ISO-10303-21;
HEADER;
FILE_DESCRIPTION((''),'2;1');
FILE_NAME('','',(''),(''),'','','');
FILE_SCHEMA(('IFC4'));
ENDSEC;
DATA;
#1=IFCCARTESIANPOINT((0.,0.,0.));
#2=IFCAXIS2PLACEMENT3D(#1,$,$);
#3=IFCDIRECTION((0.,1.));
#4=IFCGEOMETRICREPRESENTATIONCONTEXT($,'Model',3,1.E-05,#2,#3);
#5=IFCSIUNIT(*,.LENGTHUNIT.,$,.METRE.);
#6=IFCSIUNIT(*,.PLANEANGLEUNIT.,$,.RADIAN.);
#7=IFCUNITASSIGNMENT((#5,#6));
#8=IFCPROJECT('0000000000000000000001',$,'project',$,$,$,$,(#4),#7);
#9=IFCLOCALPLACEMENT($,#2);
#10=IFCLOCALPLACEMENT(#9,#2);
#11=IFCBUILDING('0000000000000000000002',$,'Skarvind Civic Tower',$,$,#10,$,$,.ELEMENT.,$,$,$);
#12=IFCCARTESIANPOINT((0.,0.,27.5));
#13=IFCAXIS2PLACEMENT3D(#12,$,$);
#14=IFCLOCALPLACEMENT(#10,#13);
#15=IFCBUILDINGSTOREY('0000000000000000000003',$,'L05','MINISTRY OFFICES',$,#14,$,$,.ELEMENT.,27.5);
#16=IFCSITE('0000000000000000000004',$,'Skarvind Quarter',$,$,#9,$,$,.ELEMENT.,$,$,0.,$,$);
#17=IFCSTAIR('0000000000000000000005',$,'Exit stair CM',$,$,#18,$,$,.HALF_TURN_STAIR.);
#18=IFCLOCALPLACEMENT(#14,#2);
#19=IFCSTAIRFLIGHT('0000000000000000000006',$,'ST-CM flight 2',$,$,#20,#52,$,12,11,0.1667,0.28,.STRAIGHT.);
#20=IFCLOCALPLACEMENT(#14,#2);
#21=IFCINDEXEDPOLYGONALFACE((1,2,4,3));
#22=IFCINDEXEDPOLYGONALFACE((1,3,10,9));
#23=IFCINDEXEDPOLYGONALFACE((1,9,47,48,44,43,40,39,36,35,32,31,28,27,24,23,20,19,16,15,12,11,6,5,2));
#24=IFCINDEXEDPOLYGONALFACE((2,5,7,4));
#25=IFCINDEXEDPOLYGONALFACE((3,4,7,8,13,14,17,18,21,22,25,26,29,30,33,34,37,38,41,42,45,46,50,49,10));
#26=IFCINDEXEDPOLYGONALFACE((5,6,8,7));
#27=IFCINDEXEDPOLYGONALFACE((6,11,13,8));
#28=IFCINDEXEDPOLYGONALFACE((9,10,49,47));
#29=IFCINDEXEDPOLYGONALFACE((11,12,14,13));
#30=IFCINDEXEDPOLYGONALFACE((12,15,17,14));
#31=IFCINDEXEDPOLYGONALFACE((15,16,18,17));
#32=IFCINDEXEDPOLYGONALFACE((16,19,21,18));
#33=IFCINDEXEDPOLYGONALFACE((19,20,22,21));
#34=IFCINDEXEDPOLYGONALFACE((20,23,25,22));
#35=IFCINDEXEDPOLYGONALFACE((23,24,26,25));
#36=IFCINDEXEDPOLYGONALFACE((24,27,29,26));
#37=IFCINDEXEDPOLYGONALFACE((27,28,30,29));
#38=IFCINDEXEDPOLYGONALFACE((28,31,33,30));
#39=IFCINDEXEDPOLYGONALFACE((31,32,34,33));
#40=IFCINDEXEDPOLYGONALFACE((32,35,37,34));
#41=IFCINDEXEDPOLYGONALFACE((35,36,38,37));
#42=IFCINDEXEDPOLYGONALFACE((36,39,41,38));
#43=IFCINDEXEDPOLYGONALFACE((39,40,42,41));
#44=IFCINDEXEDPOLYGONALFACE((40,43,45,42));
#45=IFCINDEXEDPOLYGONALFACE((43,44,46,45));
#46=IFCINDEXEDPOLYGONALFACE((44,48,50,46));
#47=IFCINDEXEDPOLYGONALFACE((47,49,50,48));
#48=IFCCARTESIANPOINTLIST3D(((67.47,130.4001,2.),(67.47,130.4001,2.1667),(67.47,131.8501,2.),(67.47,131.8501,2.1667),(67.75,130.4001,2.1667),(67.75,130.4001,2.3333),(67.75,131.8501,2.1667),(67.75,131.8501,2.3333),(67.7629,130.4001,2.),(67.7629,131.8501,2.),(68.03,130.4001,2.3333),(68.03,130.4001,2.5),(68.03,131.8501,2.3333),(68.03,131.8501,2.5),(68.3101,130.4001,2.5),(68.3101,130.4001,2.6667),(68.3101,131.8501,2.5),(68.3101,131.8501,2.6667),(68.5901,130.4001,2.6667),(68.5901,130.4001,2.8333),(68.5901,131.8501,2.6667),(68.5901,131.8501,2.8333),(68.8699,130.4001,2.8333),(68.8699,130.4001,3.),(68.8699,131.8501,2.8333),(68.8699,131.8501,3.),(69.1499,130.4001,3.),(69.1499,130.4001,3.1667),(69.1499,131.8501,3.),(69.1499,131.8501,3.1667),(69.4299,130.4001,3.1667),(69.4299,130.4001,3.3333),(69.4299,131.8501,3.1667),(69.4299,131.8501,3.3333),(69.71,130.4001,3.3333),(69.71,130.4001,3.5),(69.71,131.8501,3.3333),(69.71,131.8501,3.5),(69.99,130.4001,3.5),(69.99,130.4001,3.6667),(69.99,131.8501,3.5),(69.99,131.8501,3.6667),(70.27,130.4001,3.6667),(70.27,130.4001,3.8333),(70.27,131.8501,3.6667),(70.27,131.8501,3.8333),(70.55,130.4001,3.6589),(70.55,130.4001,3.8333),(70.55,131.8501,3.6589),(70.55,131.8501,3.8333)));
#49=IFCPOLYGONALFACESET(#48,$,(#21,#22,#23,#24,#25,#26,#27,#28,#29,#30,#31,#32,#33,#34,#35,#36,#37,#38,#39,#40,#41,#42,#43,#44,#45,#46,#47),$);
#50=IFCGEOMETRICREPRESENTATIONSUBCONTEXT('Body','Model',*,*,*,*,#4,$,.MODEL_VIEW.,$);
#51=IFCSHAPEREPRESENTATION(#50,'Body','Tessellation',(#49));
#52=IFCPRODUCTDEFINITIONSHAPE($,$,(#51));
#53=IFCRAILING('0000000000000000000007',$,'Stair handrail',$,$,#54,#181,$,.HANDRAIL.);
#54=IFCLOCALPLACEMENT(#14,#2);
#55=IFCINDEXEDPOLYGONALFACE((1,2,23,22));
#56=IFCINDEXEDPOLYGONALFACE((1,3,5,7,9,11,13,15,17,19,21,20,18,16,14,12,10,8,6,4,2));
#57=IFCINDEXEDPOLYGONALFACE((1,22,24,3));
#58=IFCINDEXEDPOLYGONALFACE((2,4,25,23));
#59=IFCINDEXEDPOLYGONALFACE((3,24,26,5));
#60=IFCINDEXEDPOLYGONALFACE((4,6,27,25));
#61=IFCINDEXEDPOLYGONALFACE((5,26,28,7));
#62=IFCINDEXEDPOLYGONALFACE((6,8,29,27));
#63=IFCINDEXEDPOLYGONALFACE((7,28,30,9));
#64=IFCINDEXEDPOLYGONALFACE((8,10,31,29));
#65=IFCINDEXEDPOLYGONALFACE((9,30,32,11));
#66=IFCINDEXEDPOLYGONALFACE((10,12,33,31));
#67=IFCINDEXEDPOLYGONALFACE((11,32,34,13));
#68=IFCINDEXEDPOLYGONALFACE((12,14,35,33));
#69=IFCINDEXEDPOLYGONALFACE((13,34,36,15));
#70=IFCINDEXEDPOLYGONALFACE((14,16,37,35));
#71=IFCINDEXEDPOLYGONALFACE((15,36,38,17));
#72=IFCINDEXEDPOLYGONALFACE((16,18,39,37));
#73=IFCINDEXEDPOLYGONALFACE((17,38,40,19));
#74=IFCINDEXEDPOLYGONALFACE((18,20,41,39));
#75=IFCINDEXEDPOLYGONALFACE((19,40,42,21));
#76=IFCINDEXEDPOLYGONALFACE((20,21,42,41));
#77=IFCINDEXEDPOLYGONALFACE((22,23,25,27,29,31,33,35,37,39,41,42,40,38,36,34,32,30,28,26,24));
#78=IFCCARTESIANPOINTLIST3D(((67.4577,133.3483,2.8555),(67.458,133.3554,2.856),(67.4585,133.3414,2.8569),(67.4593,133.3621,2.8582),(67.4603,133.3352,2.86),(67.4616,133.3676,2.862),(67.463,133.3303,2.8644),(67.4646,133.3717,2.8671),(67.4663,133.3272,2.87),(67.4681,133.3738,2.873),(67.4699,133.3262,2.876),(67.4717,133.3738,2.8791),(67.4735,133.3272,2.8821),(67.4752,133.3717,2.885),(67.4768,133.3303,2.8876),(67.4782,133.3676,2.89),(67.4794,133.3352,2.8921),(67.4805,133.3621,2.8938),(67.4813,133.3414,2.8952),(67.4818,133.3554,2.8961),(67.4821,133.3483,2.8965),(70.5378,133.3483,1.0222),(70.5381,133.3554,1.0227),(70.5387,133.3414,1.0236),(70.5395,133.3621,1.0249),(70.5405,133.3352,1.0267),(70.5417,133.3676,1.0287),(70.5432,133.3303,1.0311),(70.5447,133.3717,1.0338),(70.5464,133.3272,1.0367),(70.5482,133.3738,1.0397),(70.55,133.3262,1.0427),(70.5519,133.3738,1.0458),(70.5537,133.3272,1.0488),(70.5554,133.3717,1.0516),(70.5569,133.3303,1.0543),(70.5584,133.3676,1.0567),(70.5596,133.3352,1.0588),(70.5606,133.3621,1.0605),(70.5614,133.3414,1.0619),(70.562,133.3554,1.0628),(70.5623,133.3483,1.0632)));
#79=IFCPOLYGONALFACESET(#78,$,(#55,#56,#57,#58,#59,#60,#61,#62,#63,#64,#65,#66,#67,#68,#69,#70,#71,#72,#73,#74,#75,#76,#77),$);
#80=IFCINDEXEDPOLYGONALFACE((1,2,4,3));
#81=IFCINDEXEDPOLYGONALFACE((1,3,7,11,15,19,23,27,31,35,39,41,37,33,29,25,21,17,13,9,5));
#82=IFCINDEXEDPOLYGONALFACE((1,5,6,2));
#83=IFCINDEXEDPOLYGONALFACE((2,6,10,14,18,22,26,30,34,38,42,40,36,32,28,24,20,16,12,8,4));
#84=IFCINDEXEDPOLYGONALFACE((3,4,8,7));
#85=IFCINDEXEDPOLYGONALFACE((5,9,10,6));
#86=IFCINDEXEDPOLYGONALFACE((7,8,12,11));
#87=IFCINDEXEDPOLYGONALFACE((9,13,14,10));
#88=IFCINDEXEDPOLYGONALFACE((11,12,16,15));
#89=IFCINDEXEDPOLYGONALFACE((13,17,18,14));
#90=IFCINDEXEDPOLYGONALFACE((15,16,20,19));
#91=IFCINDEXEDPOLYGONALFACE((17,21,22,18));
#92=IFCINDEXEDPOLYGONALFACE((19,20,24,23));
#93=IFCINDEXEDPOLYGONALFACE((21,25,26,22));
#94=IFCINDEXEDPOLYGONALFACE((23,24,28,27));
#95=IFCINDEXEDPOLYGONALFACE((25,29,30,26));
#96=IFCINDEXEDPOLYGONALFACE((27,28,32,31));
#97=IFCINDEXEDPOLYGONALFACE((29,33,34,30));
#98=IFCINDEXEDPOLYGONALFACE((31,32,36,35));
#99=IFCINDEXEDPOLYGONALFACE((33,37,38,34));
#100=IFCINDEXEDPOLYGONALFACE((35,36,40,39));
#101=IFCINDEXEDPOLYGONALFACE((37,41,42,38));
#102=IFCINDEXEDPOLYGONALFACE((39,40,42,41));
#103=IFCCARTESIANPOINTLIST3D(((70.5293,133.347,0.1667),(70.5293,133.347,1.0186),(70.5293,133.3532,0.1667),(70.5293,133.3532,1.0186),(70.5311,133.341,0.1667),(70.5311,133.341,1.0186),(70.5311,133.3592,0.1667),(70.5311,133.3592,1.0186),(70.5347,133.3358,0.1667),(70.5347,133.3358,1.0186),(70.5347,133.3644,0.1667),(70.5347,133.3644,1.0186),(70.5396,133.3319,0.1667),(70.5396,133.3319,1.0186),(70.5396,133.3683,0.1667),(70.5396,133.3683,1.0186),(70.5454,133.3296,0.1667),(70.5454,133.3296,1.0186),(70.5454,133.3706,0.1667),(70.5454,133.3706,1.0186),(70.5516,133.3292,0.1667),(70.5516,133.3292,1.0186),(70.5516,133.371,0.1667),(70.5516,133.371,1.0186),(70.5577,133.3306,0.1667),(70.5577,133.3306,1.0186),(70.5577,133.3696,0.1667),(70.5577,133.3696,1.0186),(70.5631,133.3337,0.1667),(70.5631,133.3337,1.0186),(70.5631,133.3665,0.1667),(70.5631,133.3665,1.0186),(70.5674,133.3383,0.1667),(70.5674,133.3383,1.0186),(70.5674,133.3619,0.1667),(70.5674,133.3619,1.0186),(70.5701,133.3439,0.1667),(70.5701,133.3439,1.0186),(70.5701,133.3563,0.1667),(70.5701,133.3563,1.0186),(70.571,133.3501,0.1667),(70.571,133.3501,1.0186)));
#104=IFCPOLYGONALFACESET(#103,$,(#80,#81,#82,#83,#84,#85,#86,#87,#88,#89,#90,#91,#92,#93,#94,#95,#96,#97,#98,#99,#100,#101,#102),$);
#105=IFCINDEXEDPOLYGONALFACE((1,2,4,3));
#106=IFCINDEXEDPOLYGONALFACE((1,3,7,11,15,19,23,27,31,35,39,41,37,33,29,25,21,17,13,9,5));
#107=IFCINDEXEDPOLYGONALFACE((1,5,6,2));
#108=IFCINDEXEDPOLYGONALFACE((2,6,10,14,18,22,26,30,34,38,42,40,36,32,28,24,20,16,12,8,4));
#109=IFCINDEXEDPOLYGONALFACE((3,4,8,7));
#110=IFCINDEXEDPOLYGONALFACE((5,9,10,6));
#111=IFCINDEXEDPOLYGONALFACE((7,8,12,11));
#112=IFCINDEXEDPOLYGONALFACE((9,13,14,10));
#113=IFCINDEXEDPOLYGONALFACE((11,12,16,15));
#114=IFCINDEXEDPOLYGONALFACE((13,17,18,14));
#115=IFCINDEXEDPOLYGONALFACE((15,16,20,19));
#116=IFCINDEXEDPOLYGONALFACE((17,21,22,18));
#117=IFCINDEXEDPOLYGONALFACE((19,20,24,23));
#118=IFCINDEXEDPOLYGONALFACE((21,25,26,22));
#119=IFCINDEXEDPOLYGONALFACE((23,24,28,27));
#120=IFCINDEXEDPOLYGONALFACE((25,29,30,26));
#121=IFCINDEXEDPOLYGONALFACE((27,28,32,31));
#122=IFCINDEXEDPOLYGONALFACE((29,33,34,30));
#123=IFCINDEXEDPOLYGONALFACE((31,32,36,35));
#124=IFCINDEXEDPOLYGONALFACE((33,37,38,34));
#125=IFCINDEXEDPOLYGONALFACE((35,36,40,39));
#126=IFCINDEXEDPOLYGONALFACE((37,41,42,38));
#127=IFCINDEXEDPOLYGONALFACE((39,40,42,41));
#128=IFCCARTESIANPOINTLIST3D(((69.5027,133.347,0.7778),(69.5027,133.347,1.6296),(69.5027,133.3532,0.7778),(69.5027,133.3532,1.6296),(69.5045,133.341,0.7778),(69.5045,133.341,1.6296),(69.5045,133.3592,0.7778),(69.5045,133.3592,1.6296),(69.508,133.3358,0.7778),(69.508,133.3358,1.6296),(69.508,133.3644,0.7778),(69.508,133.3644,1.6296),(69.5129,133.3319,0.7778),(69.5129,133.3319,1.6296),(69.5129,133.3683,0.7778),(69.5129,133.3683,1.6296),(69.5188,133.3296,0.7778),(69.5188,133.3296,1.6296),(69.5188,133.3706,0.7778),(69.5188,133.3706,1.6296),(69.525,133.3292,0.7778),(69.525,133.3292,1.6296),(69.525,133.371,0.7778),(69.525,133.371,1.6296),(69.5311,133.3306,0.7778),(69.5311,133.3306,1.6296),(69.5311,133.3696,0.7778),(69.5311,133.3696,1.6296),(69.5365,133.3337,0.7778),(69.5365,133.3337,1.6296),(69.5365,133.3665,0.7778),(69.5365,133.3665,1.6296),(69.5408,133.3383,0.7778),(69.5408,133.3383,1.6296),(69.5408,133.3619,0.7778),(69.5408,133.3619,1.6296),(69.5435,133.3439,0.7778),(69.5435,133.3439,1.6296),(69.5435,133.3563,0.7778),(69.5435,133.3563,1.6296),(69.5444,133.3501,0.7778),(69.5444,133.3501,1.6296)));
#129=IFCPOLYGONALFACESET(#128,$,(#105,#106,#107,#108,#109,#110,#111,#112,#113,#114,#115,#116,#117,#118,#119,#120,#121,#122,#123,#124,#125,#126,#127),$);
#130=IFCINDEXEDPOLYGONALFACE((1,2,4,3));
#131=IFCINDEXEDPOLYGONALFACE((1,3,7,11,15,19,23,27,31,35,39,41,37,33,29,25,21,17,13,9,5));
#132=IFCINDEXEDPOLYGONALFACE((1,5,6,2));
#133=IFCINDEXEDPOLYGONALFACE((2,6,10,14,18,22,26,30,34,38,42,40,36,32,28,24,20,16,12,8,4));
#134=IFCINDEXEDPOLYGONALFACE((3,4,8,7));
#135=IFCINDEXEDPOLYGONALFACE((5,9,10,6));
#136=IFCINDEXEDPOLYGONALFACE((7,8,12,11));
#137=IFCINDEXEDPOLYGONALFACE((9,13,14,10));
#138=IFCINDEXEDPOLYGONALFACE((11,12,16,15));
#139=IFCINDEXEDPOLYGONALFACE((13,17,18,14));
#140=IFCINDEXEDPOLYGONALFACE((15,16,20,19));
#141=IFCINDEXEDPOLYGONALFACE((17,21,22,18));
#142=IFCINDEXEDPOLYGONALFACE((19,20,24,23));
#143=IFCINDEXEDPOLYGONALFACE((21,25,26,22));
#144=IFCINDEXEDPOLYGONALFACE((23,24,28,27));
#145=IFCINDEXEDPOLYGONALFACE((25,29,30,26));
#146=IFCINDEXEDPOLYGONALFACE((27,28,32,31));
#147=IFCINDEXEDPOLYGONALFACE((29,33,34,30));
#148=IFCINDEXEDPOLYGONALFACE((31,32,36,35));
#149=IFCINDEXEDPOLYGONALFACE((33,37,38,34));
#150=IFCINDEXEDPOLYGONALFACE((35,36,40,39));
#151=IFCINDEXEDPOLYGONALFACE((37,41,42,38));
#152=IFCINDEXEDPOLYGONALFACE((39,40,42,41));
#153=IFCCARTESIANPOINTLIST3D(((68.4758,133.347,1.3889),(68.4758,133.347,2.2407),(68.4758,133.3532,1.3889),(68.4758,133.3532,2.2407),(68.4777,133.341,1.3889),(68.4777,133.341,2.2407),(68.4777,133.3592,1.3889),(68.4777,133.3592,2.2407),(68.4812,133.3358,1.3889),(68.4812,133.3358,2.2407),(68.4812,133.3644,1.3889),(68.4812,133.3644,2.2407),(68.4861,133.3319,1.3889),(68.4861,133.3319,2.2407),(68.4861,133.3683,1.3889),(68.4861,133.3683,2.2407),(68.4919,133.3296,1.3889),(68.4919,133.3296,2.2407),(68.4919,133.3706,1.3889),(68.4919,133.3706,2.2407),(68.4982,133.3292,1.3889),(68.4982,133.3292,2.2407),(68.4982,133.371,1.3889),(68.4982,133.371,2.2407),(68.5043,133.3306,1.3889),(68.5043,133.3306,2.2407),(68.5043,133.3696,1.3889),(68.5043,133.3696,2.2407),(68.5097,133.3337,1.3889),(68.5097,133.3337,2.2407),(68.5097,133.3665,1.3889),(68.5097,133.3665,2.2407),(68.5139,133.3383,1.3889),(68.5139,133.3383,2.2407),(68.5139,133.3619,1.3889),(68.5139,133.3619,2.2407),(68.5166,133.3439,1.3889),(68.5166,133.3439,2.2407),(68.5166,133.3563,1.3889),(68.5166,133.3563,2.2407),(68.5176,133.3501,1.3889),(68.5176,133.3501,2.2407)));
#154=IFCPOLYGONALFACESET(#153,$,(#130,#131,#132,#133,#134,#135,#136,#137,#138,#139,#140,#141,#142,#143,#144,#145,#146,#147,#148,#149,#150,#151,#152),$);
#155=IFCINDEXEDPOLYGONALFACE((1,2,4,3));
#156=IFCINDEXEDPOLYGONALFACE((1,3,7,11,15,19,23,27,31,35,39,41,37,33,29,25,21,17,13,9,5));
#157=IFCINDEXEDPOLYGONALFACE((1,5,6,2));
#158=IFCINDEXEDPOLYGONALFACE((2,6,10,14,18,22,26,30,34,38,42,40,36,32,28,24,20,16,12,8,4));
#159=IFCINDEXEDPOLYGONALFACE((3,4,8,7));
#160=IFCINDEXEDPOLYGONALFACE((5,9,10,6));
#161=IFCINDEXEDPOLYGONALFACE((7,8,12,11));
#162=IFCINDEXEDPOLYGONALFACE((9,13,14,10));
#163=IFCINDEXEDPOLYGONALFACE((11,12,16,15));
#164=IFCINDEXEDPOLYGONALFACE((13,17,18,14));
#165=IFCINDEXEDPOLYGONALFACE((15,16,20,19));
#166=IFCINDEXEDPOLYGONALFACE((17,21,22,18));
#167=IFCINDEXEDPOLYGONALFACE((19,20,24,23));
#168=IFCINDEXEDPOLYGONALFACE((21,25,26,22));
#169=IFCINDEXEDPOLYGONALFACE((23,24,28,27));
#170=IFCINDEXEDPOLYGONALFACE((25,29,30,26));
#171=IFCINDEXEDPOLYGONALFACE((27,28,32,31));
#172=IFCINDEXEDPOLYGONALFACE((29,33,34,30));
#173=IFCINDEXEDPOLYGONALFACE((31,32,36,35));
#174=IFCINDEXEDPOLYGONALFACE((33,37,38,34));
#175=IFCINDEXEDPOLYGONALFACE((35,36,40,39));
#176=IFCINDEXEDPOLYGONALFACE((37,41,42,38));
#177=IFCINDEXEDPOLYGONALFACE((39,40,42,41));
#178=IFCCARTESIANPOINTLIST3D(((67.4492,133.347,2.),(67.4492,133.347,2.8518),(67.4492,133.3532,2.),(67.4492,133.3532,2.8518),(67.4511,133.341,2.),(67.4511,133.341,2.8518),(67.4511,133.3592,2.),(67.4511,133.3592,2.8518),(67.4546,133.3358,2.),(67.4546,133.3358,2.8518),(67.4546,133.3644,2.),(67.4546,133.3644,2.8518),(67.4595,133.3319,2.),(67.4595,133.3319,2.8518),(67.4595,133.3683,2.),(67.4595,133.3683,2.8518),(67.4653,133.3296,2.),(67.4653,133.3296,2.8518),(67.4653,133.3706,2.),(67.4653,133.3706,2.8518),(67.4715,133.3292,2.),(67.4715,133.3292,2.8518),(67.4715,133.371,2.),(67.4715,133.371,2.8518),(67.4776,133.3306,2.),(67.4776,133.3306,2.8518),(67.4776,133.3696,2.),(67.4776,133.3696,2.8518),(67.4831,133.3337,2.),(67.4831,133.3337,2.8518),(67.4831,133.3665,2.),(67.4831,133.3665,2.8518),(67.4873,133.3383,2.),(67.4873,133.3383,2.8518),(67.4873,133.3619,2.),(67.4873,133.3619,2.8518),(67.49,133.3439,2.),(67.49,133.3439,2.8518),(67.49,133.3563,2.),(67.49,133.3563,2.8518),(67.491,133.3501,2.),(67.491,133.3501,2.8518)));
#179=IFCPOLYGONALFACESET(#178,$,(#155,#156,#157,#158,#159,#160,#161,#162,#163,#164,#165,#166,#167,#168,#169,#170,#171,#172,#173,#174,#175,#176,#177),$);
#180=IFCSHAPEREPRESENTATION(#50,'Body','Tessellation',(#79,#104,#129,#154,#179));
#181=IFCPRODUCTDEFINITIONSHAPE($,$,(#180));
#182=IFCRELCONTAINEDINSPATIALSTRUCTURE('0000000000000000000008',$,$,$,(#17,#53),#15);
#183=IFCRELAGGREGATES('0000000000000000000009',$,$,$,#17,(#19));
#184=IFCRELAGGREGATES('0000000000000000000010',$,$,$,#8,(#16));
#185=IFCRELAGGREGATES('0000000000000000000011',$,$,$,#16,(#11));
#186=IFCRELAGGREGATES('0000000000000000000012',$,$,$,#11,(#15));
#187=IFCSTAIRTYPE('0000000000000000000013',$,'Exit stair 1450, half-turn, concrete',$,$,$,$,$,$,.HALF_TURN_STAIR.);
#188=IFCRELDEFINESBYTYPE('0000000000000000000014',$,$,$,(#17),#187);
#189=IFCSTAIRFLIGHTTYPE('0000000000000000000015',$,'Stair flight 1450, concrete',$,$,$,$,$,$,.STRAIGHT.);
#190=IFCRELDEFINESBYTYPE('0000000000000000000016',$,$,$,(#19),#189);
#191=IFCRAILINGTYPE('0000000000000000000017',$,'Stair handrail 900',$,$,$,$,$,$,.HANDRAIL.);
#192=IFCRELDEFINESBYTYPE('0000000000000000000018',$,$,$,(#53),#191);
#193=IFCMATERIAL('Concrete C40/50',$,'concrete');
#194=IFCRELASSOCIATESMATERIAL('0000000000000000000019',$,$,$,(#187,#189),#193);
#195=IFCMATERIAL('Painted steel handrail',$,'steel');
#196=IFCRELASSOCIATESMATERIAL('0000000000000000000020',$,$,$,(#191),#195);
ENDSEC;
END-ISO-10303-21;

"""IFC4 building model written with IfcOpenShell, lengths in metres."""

from ifc_helpers import new_model, si_unit, direction, frame, origin, origin_2d, place, context, subcontext, project, spatial, polyline, circle, outline, extrude, material, type_object, element, aggregate, save


model = new_model("IFC4")

# Units and contexts
model_context = context("Model", 3, precision=1e-05, world=origin(), true_north=direction((0.0, 1.0)))
body_context = subcontext(model_context, "Body", "Model", "MODEL_VIEW")
ifc_project = project(units=[si_unit("LENGTHUNIT", "METRE"), si_unit("PLANEANGLEUNIT", "RADIAN")], contexts=[model_context])

# Site, building, storey
site_placement = place(None, origin())
site = spatial("IfcSite", under=ifc_project, at=site_placement, Name="Skarvind Quarter", CompositionType="ELEMENT", RefElevation=0.0)
building_placement = place(site_placement, origin())
building = spatial("IfcBuilding", under=site, at=building_placement, Name="Skarvind Civic Tower", CompositionType="ELEMENT")
storey_placement = place(building_placement, frame((0.0, 0.0, 27.5)))
storey = spatial("IfcBuildingStorey", under=building, at=storey_placement, Name="L05", Description="MINISTRY OFFICES", CompositionType="ELEMENT", Elevation=27.5)

# Stair, stair flight
ifc_material_1 = material(Name="Concrete C40/50", Category="concrete")
stair_type = type_object("IfcStairType", Name="Exit stair 1450, half-turn, concrete", PredefinedType="HALF_TURN_STAIR", material=ifc_material_1)
stair_placement = place(storey_placement, origin())
stair = element("IfcStair", 1, at=stair_placement, inside=storey, type_object=stair_type, Name="Exit stair CM", PredefinedType="HALF_TURN_STAIR")
stair_flight_type = type_object("IfcStairFlightType", Name="Stair flight 1450, concrete", PredefinedType="STRAIGHT", material=ifc_material_1)
stair_flight_1_placement = place(storey_placement, frame((67.47, 131.125, 2.0), z_axis=(0.0, 0.0, 1.0), x_axis=(1.0, 0.0, 0.0)))
stair_flight_1 = element("IfcStairFlight", 2, at=stair_flight_1_placement, type_object=stair_flight_type, Name="ST-CM flight 2", NumberOfRisers=12, NumberOfTreads=11, PredefinedType="STRAIGHT", RiserHeight=0.1667, TreadLength=0.28, context=body_context, shape_type="SweptSolid", body=[
    extrude(outline(polyline([(0.0, 0.0), (0.0, 0.1667), (0.28, 0.1667), (0.28, 0.3333), (0.5601, 0.3333), (0.5601, 0.5), (0.8401, 0.5), (0.8401, 0.6667), (1.1201, 0.6667), (1.1201, 0.8333), (1.3999, 0.8333), (1.3999, 1.0), (1.6799, 1.0), (1.6799, 1.1667), (1.96, 1.1667), (1.96, 1.3333), (2.24, 1.3333), (2.24, 1.5), (2.52, 1.5), (2.52, 1.6667), (2.8, 1.6667), (2.8, 1.8333), (3.0801, 1.8333), (3.0801, 2.0), (3.0801, 1.6589), (0.293, 0.0), (0.0, 0.0)])), frame((0.0, 0.7251, 0.0), z_axis=(0.0, -1.0, 0.0), x_axis=(1.0, 0.0, 0.0)), (0.0, 0.0, 1.0), 1.45),
])
aggregate(stair, [stair_flight_1])

# Railing
ifc_material_2 = material(Name="Painted steel handrail", Category="steel")
railing_type = type_object("IfcRailingType", Name="Stair handrail 900", PredefinedType="HANDRAIL", material=ifc_material_2)
railing_1_placement = place(storey_placement, frame((70.55, 133.3501, 0.1667)))
element("IfcRailing", 3, at=railing_1_placement, inside=storey, type_object=railing_type, Name="Stair handrail", PredefinedType="HANDRAIL", context=body_context, shape_type="SweptSolid", body=[
    extrude(circle(Radius=0.0239, at=origin_2d()), frame((0.0, 0.0, 0.876), z_axis=(-0.859309, 0.0, 0.511458), x_axis=(0.0, -1.0, 0.0)), (0.0, 0.0, 1.0), 3.5845),
    extrude(circle(Radius=0.021, at=origin_2d()), origin(), (0.0, 0.0, 1.0), 0.8518),
    extrude(circle(Radius=0.021, at=origin_2d()), frame((-1.0266, 0.0, 0.6111)), (0.0, 0.0, 1.0), 0.8518),
    extrude(circle(Radius=0.021, at=origin_2d()), frame((-2.0535, 0.0, 1.2222)), (0.0, 0.0, 1.0), 0.8518),
    extrude(circle(Radius=0.021, at=origin_2d()), frame((-3.0801, 0.0, 1.8333)), (0.0, 0.0, 1.0), 0.8518),
])

save(model, "model.ifc")
